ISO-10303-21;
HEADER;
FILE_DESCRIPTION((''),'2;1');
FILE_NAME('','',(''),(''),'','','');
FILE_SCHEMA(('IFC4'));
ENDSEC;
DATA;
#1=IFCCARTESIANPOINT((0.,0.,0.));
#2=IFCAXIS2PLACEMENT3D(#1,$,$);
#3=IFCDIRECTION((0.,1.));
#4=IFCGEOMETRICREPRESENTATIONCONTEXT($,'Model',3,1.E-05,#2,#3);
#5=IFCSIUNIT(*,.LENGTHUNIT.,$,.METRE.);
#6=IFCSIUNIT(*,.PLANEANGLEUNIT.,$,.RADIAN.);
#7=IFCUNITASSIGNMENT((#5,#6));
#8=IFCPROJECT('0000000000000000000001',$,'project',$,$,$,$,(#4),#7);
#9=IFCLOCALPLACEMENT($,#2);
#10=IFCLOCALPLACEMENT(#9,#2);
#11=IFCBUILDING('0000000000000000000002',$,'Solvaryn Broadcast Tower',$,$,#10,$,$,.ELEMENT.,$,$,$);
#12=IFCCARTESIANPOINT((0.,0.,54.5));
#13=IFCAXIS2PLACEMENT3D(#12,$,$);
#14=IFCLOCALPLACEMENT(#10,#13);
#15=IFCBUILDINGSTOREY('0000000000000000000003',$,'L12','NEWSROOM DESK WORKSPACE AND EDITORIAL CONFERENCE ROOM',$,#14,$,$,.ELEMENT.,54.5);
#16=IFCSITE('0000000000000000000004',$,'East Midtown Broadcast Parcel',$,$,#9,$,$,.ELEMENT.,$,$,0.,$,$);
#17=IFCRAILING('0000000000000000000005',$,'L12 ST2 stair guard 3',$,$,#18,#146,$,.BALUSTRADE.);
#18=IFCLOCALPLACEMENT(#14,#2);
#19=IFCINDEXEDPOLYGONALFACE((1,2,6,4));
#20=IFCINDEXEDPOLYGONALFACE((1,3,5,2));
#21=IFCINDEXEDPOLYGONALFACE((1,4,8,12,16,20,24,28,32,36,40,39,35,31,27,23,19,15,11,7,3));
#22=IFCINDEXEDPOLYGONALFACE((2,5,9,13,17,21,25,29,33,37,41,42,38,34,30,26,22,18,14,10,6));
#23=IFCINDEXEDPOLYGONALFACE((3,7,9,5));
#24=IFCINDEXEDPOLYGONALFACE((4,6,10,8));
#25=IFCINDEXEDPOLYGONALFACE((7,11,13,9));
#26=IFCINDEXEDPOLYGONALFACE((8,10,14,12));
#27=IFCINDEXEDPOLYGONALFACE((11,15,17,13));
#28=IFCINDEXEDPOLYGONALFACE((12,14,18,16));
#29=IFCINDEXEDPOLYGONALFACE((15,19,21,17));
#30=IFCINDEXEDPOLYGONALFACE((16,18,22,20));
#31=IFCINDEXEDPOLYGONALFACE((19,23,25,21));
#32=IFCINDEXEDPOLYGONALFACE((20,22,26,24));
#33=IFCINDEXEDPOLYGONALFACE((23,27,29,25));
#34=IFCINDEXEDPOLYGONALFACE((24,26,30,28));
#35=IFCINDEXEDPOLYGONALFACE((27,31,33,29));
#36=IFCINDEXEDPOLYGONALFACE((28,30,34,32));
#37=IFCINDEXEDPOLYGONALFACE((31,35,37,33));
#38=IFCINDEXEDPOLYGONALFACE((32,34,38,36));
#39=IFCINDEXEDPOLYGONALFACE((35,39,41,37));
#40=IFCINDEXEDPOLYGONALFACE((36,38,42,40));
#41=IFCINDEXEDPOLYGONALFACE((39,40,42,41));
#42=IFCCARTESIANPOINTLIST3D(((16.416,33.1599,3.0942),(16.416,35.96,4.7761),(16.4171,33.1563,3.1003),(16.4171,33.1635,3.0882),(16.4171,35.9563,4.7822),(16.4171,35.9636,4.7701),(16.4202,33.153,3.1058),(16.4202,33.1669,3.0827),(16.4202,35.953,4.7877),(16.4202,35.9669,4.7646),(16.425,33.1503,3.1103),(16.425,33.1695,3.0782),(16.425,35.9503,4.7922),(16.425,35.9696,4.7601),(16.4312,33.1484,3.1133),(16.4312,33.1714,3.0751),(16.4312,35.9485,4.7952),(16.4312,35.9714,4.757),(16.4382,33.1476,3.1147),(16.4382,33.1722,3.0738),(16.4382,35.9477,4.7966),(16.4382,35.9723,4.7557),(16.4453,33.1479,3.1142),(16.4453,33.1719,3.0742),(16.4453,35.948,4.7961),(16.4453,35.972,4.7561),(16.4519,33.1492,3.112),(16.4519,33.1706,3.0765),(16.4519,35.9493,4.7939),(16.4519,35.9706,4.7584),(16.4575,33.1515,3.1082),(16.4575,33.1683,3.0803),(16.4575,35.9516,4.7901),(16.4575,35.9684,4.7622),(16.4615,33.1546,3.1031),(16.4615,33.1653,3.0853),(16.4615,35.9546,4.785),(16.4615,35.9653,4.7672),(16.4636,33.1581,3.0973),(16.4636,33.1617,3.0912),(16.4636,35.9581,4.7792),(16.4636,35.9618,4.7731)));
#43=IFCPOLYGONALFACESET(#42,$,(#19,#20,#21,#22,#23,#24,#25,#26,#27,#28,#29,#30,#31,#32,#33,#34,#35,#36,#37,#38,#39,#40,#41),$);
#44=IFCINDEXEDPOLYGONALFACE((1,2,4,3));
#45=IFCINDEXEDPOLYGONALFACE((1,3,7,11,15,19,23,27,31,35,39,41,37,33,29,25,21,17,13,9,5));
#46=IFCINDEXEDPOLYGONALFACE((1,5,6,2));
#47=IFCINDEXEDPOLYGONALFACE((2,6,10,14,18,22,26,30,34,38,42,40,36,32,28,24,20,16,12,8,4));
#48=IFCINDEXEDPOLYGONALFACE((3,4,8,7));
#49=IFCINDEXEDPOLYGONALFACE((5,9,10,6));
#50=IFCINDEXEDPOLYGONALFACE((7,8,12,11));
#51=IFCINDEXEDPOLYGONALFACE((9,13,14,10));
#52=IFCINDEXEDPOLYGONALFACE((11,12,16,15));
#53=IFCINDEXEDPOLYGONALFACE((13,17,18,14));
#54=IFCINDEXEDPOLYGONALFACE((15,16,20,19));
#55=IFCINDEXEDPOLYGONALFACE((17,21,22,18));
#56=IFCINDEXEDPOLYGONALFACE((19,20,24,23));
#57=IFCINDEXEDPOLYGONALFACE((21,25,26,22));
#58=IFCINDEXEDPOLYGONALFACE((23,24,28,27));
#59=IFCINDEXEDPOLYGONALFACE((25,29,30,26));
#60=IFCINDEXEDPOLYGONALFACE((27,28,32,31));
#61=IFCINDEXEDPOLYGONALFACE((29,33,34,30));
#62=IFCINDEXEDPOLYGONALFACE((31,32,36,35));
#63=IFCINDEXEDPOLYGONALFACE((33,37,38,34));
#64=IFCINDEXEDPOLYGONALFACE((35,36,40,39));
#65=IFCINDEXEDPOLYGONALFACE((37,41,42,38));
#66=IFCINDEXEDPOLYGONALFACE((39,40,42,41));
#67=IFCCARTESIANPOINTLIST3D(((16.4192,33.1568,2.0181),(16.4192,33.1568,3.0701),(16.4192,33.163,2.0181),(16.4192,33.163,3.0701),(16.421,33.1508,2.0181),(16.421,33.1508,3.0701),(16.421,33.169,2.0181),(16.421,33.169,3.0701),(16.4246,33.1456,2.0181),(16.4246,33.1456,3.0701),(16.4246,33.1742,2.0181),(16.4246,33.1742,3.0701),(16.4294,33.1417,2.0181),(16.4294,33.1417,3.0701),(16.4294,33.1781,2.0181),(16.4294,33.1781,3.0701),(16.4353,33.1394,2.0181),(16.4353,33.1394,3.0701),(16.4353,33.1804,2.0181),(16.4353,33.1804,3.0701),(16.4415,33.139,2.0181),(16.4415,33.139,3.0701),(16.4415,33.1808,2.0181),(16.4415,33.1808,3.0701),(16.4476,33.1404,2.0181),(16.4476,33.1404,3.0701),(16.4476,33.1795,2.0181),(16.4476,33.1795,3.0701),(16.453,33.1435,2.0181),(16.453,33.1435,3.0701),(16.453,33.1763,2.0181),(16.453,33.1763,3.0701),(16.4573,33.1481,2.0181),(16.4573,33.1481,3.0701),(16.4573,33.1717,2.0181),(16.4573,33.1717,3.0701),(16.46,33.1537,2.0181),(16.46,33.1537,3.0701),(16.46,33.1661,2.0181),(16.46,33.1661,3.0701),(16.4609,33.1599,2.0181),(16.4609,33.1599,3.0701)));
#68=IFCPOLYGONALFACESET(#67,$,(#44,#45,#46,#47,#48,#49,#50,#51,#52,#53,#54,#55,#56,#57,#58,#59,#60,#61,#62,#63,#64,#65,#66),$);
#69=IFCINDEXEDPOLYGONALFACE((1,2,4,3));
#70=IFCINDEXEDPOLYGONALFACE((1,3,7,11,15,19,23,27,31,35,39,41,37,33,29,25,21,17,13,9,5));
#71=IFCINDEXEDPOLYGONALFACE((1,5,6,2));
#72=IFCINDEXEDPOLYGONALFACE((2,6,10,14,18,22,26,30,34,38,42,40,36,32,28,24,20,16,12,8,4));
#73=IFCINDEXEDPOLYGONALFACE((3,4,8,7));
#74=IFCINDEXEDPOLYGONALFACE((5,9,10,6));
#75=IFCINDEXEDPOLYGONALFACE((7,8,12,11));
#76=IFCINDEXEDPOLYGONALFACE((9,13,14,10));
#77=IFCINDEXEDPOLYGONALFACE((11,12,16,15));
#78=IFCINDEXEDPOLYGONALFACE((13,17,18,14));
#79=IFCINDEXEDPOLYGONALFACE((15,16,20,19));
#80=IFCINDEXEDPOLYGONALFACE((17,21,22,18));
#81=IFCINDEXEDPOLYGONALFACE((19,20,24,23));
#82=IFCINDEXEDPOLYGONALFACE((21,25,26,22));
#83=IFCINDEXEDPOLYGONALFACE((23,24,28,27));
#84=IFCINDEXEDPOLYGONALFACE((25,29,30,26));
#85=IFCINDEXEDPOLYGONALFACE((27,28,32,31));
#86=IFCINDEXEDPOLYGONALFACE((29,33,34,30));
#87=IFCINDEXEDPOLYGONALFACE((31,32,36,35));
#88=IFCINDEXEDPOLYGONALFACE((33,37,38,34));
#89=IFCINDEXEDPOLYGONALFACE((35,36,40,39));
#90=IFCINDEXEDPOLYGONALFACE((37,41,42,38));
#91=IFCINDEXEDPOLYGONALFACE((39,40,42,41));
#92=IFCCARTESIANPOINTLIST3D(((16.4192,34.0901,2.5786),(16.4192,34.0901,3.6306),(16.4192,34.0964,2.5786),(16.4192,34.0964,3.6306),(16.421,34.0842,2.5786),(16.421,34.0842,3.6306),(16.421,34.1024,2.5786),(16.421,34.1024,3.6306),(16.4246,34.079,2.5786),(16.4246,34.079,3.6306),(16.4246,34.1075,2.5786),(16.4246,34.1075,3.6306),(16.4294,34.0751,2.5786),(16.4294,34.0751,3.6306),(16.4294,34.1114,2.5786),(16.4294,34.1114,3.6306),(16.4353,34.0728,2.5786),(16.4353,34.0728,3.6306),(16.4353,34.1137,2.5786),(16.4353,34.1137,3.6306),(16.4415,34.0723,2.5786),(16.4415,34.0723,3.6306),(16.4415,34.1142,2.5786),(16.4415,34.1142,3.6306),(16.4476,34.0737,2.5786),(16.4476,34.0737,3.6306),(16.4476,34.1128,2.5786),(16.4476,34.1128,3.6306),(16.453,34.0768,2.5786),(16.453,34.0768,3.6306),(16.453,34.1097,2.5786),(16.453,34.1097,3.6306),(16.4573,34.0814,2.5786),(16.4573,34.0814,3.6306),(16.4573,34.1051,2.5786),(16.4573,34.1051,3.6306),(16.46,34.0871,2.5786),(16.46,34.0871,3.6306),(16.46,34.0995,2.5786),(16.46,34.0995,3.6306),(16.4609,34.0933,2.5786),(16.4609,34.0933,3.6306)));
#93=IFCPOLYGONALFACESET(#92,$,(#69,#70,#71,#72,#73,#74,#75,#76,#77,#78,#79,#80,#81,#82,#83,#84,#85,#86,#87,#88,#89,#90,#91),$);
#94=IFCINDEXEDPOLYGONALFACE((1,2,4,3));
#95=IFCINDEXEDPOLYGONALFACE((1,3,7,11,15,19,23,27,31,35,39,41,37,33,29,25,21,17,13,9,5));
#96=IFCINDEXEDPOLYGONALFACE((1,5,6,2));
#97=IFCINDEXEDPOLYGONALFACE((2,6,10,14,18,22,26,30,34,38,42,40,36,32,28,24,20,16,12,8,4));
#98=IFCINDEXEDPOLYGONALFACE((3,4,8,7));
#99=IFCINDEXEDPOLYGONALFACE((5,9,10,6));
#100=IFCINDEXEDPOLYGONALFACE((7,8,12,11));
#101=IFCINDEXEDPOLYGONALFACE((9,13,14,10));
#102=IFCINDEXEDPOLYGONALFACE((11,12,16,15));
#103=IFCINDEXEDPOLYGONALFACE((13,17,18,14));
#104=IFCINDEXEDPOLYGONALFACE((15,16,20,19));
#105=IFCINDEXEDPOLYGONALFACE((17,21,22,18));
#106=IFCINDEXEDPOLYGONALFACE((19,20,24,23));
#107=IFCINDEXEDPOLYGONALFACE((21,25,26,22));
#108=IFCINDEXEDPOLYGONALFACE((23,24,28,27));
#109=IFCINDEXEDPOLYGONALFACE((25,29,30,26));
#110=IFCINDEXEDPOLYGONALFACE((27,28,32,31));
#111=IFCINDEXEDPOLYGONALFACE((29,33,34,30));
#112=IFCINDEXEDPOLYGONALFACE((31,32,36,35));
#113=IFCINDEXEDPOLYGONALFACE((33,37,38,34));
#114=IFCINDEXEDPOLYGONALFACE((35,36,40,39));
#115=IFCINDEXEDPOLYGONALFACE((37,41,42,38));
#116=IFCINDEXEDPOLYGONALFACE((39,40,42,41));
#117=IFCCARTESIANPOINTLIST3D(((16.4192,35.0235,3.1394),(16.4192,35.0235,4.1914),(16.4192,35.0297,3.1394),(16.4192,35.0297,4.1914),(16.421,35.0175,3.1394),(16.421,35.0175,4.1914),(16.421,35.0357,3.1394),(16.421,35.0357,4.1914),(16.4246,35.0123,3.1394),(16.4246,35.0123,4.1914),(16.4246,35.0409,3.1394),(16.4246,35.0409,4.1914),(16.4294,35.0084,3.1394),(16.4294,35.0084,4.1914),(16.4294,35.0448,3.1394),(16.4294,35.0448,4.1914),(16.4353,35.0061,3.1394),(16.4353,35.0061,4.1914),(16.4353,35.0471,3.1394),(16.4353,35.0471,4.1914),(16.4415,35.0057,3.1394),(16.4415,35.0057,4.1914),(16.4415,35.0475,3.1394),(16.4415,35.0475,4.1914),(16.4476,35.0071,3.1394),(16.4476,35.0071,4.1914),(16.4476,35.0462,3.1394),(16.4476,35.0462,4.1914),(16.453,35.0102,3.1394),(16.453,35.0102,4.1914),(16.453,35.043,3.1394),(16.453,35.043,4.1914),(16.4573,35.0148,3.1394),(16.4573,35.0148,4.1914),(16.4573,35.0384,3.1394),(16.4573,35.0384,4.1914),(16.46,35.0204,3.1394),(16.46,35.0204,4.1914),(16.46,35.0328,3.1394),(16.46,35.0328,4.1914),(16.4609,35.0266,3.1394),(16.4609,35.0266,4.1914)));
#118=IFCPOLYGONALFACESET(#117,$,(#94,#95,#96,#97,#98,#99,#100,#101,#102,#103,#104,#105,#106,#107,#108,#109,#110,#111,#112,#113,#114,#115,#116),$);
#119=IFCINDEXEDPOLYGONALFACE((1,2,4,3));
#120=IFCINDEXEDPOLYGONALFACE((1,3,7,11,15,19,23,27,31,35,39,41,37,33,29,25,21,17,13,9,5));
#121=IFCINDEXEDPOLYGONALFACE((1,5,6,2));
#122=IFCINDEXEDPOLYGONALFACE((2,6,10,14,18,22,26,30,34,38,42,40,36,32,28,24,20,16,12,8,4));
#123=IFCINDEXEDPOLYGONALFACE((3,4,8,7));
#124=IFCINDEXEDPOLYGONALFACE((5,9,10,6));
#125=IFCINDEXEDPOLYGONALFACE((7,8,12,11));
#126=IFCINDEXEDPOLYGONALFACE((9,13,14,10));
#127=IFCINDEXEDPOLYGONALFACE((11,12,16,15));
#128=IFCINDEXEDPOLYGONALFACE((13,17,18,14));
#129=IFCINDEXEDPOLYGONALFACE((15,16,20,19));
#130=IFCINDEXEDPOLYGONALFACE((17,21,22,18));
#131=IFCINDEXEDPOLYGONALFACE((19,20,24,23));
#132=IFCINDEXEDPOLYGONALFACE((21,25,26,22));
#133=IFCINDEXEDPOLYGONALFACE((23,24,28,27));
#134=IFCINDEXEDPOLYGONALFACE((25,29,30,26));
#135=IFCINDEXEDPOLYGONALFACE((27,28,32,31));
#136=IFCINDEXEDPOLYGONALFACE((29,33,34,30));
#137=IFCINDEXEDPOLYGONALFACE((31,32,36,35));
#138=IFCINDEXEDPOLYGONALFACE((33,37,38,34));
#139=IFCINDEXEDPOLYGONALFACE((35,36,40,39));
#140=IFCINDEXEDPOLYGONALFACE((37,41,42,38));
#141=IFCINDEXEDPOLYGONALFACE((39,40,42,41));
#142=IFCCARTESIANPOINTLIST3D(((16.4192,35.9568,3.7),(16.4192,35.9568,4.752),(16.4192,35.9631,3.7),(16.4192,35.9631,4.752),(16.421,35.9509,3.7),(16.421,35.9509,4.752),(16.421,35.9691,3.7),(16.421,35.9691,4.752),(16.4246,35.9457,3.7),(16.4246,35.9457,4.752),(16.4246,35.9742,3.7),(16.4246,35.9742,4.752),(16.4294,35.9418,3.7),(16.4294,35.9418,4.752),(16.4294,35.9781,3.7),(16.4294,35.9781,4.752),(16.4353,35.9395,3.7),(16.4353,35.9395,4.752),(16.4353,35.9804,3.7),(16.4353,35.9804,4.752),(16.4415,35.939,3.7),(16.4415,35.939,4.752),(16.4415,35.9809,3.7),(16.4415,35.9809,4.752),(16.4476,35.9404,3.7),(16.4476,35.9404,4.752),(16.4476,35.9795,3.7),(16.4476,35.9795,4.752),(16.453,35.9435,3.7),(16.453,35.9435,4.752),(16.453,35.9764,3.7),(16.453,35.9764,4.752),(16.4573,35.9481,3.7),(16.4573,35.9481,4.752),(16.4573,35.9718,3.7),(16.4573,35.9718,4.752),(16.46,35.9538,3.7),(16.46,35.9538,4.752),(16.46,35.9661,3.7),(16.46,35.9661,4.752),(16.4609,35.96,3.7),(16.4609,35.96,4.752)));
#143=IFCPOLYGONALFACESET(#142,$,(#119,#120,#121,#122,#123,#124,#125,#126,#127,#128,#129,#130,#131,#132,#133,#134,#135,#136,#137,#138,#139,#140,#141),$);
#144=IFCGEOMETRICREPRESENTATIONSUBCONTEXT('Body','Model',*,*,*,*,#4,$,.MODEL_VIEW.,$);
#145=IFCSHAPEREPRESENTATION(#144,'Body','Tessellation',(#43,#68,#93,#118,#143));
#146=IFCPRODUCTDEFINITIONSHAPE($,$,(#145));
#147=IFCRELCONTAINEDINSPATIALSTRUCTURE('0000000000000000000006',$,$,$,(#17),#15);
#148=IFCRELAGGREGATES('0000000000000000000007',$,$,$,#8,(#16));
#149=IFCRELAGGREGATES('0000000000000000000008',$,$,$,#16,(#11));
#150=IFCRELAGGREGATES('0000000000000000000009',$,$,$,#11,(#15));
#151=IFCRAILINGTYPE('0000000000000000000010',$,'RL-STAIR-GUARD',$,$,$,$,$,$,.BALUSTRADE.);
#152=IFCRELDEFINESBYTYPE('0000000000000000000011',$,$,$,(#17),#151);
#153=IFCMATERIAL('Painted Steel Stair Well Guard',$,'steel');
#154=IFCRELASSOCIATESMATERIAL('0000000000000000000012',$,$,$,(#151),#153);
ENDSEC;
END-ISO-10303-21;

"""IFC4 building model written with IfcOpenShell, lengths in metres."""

from ifc_helpers import new_model, si_unit, direction, frame, origin, origin_2d, place, context, subcontext, project, spatial, circle, extrude, material, type_object, element, save


model = new_model("IFC4")

# Units and contexts
model_context = context("Model", 3, precision=1e-05, world=origin(), true_north=direction((0.0, 1.0)))
body_context = subcontext(model_context, "Body", "Model", "MODEL_VIEW")
ifc_project = project(units=[si_unit("LENGTHUNIT", "METRE"), si_unit("PLANEANGLEUNIT", "RADIAN")], contexts=[model_context])

# Site, building, storey
site_placement = place(None, origin())
site = spatial("IfcSite", under=ifc_project, at=site_placement, Name="East Midtown Broadcast Parcel", CompositionType="ELEMENT", RefElevation=0.0)
building_placement = place(site_placement, origin())
building = spatial("IfcBuilding", under=site, at=building_placement, Name="Solvaryn Broadcast Tower", CompositionType="ELEMENT")
storey_placement = place(building_placement, frame((0.0, 0.0, 54.5)))
storey = spatial("IfcBuildingStorey", under=building, at=storey_placement, Name="L12", Description="NEWSROOM DESK WORKSPACE AND EDITORIAL CONFERENCE ROOM", CompositionType="ELEMENT", Elevation=54.5)

# Railing
ifc_material_1 = material(Name="Painted Steel Stair Well Guard", Category="steel")
railing_type_1 = type_object("IfcRailingType", Name="RL-STAIR-GUARD", PredefinedType="BALUSTRADE", material=ifc_material_1)
railing_1_placement = place(storey_placement, frame((16.4399, 33.1599, 2.0181)))
element("IfcRailing", 1, at=railing_1_placement, inside=storey, type_object=railing_type_1, Name="L12 ST2 stair guard 3", PredefinedType="BALUSTRADE", context=body_context, shape_type="SweptSolid", body=[
    extrude(circle(Radius=0.0239, at=origin_2d()), frame((0.0, 0.0, 1.0762), z_axis=(0.0, 0.857242, 0.514913), x_axis=(-1.0, 0.0, 0.0)), (0.0, 0.0, 1.0), 3.2664),
    extrude(circle(Radius=0.021, at=origin_2d()), origin(), (0.0, 0.0, 1.0), 1.052),
    extrude(circle(Radius=0.021, at=origin_2d()), frame((0.0, 0.9333, 0.5605)), (0.0, 0.0, 1.0), 1.052),
    extrude(circle(Radius=0.021, at=origin_2d()), frame((0.0, 1.8667, 1.1213)), (0.0, 0.0, 1.0), 1.052),
    extrude(circle(Radius=0.021, at=origin_2d()), frame((0.0, 2.8, 1.6819)), (0.0, 0.0, 1.0), 1.052),
])

save(model, "model.ifc")
